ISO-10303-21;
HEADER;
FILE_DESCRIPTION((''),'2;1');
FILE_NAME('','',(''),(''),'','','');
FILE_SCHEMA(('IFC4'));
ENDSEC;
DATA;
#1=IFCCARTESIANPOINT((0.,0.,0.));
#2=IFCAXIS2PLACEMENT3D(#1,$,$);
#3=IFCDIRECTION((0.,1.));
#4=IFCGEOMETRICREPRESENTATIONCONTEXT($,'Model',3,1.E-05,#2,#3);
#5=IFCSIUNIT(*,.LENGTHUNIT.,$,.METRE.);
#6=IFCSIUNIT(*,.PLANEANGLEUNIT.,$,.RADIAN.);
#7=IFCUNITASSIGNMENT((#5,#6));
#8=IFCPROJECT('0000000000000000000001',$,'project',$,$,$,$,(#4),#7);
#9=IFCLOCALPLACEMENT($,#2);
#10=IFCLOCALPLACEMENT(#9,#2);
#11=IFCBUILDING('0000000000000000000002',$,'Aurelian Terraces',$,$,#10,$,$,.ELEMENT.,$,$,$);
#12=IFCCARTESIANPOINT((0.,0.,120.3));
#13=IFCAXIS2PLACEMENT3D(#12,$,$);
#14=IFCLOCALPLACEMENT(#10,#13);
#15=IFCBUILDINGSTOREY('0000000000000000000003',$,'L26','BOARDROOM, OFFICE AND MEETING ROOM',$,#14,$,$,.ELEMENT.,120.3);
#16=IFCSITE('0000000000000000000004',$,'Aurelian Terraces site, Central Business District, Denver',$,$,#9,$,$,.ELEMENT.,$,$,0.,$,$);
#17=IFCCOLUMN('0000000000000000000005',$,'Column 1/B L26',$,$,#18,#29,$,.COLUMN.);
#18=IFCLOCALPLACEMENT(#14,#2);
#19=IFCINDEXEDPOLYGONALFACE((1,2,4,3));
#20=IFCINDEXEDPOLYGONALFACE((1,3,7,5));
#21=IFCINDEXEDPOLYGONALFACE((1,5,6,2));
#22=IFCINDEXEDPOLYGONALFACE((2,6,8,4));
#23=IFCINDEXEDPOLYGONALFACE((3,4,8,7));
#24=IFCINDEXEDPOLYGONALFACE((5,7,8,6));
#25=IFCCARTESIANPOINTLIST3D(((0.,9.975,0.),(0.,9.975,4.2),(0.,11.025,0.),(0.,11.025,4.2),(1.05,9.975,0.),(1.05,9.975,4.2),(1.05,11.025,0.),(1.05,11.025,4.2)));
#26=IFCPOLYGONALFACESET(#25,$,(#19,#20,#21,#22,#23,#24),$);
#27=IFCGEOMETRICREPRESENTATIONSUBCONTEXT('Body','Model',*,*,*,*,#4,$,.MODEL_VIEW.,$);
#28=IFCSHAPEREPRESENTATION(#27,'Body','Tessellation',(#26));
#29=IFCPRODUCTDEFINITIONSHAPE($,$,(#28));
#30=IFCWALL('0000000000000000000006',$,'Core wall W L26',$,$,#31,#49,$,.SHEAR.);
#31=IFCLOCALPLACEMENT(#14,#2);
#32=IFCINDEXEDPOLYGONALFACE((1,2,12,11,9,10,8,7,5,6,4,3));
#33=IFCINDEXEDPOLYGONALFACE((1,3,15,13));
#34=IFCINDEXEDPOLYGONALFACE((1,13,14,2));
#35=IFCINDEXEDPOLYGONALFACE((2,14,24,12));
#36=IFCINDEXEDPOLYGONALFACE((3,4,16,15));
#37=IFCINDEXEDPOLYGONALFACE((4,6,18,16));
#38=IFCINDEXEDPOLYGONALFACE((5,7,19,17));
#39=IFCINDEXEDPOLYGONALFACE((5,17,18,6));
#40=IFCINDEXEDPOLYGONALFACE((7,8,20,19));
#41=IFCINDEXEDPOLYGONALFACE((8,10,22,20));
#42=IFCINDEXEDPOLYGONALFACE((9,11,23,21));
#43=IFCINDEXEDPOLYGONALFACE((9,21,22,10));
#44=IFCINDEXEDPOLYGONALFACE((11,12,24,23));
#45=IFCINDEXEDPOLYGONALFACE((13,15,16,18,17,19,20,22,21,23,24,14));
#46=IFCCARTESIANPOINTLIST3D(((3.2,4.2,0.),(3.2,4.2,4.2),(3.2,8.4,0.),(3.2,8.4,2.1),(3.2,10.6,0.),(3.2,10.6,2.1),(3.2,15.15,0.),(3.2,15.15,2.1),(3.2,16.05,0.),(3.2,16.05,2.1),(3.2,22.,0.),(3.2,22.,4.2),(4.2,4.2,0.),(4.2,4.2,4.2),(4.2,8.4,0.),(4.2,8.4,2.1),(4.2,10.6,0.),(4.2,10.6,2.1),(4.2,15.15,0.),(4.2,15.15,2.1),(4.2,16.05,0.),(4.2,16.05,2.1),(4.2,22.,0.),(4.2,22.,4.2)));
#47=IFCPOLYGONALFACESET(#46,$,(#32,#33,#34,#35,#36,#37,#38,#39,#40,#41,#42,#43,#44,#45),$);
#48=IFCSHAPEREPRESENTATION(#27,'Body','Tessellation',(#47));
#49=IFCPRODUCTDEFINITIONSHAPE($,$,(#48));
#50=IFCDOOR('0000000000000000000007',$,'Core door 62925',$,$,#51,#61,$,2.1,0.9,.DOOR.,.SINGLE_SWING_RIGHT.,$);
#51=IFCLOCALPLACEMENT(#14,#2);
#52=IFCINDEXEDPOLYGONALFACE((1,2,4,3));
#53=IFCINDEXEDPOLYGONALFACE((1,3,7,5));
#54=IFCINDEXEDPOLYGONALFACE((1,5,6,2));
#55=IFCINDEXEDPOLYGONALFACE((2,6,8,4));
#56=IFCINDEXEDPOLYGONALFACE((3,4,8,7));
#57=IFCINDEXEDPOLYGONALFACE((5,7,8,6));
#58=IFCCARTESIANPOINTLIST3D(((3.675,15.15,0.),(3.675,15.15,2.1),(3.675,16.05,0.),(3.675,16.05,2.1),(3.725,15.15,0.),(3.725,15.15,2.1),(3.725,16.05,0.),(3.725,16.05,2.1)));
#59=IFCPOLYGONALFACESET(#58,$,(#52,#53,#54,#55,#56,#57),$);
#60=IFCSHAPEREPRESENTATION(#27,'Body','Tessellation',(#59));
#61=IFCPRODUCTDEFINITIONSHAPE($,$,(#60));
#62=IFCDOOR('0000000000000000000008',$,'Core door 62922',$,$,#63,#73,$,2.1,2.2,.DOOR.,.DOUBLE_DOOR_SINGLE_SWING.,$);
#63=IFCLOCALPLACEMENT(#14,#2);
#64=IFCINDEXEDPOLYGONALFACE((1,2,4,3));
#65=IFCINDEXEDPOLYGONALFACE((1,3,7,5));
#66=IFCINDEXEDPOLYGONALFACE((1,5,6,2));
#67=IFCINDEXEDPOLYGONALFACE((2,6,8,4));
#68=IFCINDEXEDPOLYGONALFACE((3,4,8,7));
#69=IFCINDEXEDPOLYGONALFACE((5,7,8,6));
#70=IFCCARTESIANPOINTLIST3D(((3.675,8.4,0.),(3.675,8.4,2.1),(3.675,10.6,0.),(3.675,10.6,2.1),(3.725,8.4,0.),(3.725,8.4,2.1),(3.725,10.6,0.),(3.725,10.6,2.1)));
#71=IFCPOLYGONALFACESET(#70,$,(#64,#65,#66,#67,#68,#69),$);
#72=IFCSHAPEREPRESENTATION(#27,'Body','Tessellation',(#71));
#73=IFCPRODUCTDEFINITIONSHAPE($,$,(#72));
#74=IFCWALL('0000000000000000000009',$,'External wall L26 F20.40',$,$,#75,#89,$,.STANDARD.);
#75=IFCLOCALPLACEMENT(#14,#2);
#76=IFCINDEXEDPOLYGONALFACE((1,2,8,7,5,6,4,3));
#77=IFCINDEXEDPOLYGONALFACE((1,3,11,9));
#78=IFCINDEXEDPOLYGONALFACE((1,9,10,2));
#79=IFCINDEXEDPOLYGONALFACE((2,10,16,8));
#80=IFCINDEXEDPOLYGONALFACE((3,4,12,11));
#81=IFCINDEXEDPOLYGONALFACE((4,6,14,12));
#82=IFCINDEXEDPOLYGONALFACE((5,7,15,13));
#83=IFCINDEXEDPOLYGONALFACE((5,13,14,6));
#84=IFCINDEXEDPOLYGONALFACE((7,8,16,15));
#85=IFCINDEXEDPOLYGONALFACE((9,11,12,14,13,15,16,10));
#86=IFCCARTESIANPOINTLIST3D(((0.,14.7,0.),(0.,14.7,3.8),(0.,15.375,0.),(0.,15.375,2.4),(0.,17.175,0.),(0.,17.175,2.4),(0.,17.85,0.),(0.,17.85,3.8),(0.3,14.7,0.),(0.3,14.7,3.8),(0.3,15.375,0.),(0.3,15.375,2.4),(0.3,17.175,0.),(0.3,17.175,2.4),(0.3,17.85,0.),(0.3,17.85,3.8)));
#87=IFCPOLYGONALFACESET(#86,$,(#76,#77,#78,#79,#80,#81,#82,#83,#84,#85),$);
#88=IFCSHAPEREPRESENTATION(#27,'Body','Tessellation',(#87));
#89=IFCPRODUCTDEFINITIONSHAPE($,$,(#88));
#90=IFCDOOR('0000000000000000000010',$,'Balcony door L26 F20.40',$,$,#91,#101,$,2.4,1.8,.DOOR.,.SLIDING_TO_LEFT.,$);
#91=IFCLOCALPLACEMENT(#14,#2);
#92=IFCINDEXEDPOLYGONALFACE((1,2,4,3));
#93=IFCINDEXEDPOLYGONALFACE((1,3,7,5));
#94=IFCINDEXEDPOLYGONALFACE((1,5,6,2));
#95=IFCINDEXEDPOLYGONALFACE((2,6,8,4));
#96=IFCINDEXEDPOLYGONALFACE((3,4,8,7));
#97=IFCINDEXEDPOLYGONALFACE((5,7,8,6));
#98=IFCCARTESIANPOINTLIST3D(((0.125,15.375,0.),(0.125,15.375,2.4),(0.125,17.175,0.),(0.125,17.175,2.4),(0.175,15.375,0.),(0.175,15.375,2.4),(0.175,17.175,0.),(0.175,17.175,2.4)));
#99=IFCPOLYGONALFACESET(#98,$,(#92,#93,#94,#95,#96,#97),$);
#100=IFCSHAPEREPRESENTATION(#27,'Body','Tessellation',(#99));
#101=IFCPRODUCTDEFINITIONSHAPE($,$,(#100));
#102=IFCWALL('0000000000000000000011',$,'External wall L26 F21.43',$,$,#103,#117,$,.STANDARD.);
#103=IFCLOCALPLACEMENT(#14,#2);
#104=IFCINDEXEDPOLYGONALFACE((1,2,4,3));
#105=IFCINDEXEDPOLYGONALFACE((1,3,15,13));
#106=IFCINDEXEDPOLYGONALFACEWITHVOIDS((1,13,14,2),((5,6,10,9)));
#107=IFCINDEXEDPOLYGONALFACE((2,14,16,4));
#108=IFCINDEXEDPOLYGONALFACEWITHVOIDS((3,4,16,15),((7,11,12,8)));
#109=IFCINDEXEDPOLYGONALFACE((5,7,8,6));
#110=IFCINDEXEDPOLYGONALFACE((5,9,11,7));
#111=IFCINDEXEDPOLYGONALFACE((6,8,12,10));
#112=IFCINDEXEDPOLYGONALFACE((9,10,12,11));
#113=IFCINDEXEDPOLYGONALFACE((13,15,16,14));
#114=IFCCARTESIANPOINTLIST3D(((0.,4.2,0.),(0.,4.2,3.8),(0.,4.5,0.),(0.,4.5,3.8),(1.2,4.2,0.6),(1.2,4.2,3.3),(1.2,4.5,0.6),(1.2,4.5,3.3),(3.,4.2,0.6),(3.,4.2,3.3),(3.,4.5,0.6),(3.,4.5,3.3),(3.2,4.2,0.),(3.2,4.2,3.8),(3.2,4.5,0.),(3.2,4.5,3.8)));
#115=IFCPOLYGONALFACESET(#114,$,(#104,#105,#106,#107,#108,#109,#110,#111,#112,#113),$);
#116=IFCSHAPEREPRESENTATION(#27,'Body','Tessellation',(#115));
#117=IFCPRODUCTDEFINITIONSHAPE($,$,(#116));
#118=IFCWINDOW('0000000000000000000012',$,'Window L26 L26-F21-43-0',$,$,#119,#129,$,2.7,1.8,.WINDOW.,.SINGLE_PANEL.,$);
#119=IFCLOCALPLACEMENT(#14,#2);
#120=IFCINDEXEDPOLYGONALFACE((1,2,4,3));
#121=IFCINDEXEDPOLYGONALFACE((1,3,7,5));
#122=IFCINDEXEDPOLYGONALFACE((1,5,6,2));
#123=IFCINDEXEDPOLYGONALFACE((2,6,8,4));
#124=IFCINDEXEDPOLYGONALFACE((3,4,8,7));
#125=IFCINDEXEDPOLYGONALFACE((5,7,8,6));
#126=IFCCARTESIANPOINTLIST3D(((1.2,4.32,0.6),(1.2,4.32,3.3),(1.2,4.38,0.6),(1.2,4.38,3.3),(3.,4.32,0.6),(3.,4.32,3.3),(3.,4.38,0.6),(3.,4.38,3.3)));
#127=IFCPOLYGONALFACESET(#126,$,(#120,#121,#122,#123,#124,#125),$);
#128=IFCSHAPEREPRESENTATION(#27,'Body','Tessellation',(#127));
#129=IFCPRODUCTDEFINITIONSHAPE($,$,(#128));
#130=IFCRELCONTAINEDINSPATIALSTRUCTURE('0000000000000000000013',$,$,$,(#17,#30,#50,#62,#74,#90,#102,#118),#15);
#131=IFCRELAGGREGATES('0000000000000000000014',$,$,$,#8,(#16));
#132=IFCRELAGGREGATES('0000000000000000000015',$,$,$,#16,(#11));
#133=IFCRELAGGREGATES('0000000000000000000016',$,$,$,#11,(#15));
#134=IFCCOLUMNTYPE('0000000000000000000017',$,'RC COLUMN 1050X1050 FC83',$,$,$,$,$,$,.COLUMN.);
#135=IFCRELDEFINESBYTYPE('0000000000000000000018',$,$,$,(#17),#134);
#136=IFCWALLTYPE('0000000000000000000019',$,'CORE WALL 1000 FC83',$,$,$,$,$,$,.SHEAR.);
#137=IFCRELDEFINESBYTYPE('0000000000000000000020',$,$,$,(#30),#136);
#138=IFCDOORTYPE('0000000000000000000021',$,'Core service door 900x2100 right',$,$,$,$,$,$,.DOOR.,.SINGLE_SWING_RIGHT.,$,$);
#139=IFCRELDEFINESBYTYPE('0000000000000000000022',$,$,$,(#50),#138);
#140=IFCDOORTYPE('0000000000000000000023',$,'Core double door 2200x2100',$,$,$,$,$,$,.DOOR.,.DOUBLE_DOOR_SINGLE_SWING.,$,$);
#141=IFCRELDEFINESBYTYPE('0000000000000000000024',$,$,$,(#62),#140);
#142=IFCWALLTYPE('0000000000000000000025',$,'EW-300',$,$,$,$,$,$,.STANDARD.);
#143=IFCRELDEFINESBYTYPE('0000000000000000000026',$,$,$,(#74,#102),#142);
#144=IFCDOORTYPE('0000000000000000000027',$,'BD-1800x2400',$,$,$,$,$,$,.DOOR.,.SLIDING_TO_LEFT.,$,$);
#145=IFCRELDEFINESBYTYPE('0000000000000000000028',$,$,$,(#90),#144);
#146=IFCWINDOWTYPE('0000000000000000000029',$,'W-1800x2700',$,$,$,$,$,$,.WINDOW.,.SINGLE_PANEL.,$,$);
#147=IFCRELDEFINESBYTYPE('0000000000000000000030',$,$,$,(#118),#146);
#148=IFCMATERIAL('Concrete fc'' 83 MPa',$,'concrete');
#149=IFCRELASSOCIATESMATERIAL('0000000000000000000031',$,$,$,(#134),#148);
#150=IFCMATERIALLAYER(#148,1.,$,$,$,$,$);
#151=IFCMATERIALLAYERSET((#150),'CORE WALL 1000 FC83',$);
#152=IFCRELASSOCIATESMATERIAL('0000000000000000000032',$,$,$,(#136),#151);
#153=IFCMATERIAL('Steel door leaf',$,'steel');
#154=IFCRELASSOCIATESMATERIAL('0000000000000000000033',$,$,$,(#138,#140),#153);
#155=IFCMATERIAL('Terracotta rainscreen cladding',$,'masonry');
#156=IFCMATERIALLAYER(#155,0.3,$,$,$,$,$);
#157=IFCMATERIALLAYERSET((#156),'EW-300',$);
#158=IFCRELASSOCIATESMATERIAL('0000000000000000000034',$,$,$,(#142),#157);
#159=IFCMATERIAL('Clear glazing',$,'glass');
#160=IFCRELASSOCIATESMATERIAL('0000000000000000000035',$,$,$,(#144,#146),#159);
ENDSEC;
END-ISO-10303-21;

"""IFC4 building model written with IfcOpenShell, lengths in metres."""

from ifc_helpers import new_model, si_unit, direction, frame, frame_2d, origin, origin_2d, place, context, subcontext, project, spatial, rectangle, extrude, source, transform, mapped, material, layer, layer_set, material_profile, profile_set, type_object, element, fill, save


model = new_model("IFC4")

# Units and contexts
model_context = context("Model", 3, precision=1e-05, world=origin(), true_north=direction((0.0, 1.0)))
body_context = subcontext(model_context, "Body", "Model", "MODEL_VIEW")
ifc_project = project(units=[si_unit("LENGTHUNIT", "METRE"), si_unit("PLANEANGLEUNIT", "RADIAN")], contexts=[model_context])

# Site, building, storey
site_placement = place(None, origin())
site = spatial("IfcSite", under=ifc_project, at=site_placement, Name="Aurelian Terraces site, Central Business District, Denver", CompositionType="ELEMENT", RefElevation=0.0)
building_placement = place(site_placement, origin())
building = spatial("IfcBuilding", under=site, at=building_placement, Name="Aurelian Terraces", CompositionType="ELEMENT")
storey_placement = place(building_placement, frame((0.0, 0.0, 120.3)))
storey = spatial("IfcBuildingStorey", under=building, at=storey_placement, Name="L26", Description="BOARDROOM, OFFICE AND MEETING ROOM", CompositionType="ELEMENT", Elevation=120.3)

# Column
ifc_material_1 = material(Name="Concrete fc' 83 MPa", Category="concrete")
ifc_material_profile = material_profile(ifc_material_1, rectangle(XDim=1.05, YDim=1.05, at=origin_2d()))
ifc_profile_set = profile_set([ifc_material_profile], Name="Concrete fc' 83 MPa")
column_type = type_object("IfcColumnType", Name="RC COLUMN 1050X1050 FC83", PredefinedType="COLUMN", material=ifc_profile_set)
shared_shape_1 = source(origin(), body_context, "Body", "SweptSolid", [
    extrude(rectangle(XDim=1.05, YDim=1.05, at=origin_2d()), origin(), (0.0, 0.0, 1.0), 4.2),
])
column_placement = place(storey_placement, frame((0.525, 10.5, 0.0), z_axis=(0.0, 0.0, 1.0), x_axis=(1.0, 0.0, 0.0)))
element("IfcColumn", 1, at=column_placement, inside=storey, type_object=column_type, Name="Column 1/B L26", PredefinedType="COLUMN", context=body_context, shape_type="MappedRepresentation", body=[
    mapped(shared_shape_1, transform((0.0, 0.0, 0.0), scale=1.0)),
])

# Wall, openings, doors
ifc_layer_1 = layer(ifc_material_1, 1.0)
ifc_layer_set_1 = layer_set([ifc_layer_1], Name="CORE WALL 1000 FC83")
wall_type_1 = type_object("IfcWallType", Name="CORE WALL 1000 FC83", PredefinedType="SHEAR", material=ifc_layer_set_1)
shared_shape_2 = source(origin(), body_context, "Body", "SweptSolid", [
    extrude(rectangle(XDim=17.8, YDim=1.0, at=frame_2d((8.9, 0.0))), origin(), (0.0, 0.0, 1.0), 4.2),
])
wall_1_placement = place(storey_placement, frame((3.7, 4.2, 0.0), z_axis=(0.0, 0.0, 1.0), x_axis=(0.0, 1.0, 0.0)))
wall_1 = element("IfcWall", 2, at=wall_1_placement, inside=storey, type_object=wall_type_1, Name="Core wall W L26", PredefinedType="SHEAR", context=body_context, shape_type="MappedRepresentation", body=[
    mapped(shared_shape_2, transform((0.0, 0.0, 0.0), scale=1.0)),
])
shared_shape_3 = source(origin(), body_context, "Body", "SweptSolid", [
    extrude(rectangle(XDim=2.2, YDim=2.1, at=frame_2d((1.1, 1.05))), frame((0.0, 0.51, 0.0), z_axis=(0.0, -1.0, 0.0), x_axis=(1.0, 0.0, 0.0)), (0.0, 0.0, 1.0), 1.02),
])
opening_1_placement = place(wall_1_placement, frame((4.2, 0.0, 0.0)))
opening_1 = element("IfcOpeningElement", 3, at=opening_1_placement, cuts=wall_1, PredefinedType="OPENING", context=body_context, shape_type="MappedRepresentation", body=[
    mapped(shared_shape_3, transform((0.0, 0.0, 0.0), scale=1.0)),
])
shared_shape_4 = source(origin(), body_context, "Body", "SweptSolid", [
    extrude(rectangle(XDim=0.9, YDim=2.1, at=frame_2d((0.45, 1.05))), frame((0.0, 0.51, 0.0), z_axis=(0.0, -1.0, 0.0), x_axis=(1.0, 0.0, 0.0)), (0.0, 0.0, 1.0), 1.02),
])
opening_2_placement = place(wall_1_placement, frame((10.95, 0.0, 0.0)))
opening_2 = element("IfcOpeningElement", 4, at=opening_2_placement, cuts=wall_1, PredefinedType="OPENING", context=body_context, shape_type="MappedRepresentation", body=[
    mapped(shared_shape_4, transform((0.0, 0.0, 0.0), scale=1.0)),
])
ifc_material_2 = material(Name="Steel door leaf", Category="steel")
door_type_1 = type_object("IfcDoorType", Name="Core service door 900x2100 right", OperationType="SINGLE_SWING_RIGHT", PredefinedType="DOOR", material=ifc_material_2)
shared_shape_5 = source(origin(), body_context, "Body", "SweptSolid", [
    extrude(rectangle(XDim=0.9, YDim=2.1, at=frame_2d((0.45, 1.05))), frame((0.0, 0.025, 0.0), z_axis=(0.0, -1.0, 0.0), x_axis=(1.0, 0.0, 0.0)), (0.0, 0.0, 1.0), 0.05),
])
door_1_placement = place(opening_2_placement, origin())
door_1 = element("IfcDoor", 5, at=door_1_placement, inside=storey, type_object=door_type_1, Name="Core door 62925", OperationType="SINGLE_SWING_RIGHT", OverallHeight=2.1, OverallWidth=0.9, PredefinedType="DOOR", context=body_context, shape_type="MappedRepresentation", body=[
    mapped(shared_shape_5, transform((0.0, 0.0, 0.0), scale=1.0)),
])
fill(opening_2, door_1)
door_type_2 = type_object("IfcDoorType", Name="Core double door 2200x2100", OperationType="DOUBLE_DOOR_SINGLE_SWING", PredefinedType="DOOR", material=ifc_material_2)
shared_shape_6 = source(origin(), body_context, "Body", "SweptSolid", [
    extrude(rectangle(XDim=2.2, YDim=2.1, at=frame_2d((1.1, 1.05))), frame((0.0, 0.025, 0.0), z_axis=(0.0, -1.0, 0.0), x_axis=(1.0, 0.0, 0.0)), (0.0, 0.0, 1.0), 0.05),
])
door_2_placement = place(opening_1_placement, origin())
door_2 = element("IfcDoor", 6, at=door_2_placement, inside=storey, type_object=door_type_2, Name="Core door 62922", OperationType="DOUBLE_DOOR_SINGLE_SWING", OverallHeight=2.1, OverallWidth=2.2, PredefinedType="DOOR", context=body_context, shape_type="MappedRepresentation", body=[
    mapped(shared_shape_6, transform((0.0, 0.0, 0.0), scale=1.0)),
])
fill(opening_1, door_2)

# Wall, opening, door
ifc_material_3 = material(Name="Terracotta rainscreen cladding", Category="masonry")
ifc_layer_2 = layer(ifc_material_3, 0.3)
ifc_layer_set_2 = layer_set([ifc_layer_2], Name="EW-300")
wall_type_2 = type_object("IfcWallType", Name="EW-300", PredefinedType="STANDARD", material=ifc_layer_set_2)
shared_shape_7 = source(origin(), body_context, "Body", "SweptSolid", [
    extrude(rectangle(XDim=3.15, YDim=0.3, at=frame_2d((1.575, 0.0))), origin(), (0.0, 0.0, 1.0), 3.8),
])
wall_2_placement = place(storey_placement, frame((0.15, 17.85, 0.0), z_axis=(0.0, 0.0, 1.0), x_axis=(0.0, -1.0, 0.0)))
wall_2 = element("IfcWall", 7, at=wall_2_placement, inside=storey, type_object=wall_type_2, Name="External wall L26 F20.40", PredefinedType="STANDARD", context=body_context, shape_type="MappedRepresentation", body=[
    mapped(shared_shape_7, transform((0.0, 0.0, 0.0), scale=1.0)),
])
shared_shape_8 = source(origin(), body_context, "Body", "SweptSolid", [
    extrude(rectangle(XDim=1.8, YDim=2.4, at=frame_2d((0.9, 1.2))), frame((0.0, 0.16, 0.0), z_axis=(0.0, -1.0, 0.0), x_axis=(1.0, 0.0, 0.0)), (0.0, 0.0, 1.0), 0.32),
])
opening_3_placement = place(wall_2_placement, frame((0.675, 0.0, 0.0)))
opening_3 = element("IfcOpeningElement", 8, at=opening_3_placement, cuts=wall_2, PredefinedType="OPENING", context=body_context, shape_type="MappedRepresentation", body=[
    mapped(shared_shape_8, transform((0.0, 0.0, 0.0), scale=1.0)),
])
ifc_material_4 = material(Name="Clear glazing", Category="glass")
door_type_3 = type_object("IfcDoorType", Name="BD-1800x2400", OperationType="SLIDING_TO_LEFT", PredefinedType="DOOR", material=ifc_material_4)
shared_shape_9 = source(origin(), body_context, "Body", "SweptSolid", [
    extrude(rectangle(XDim=1.8, YDim=2.4, at=frame_2d((0.9, 1.2))), frame((0.0, 0.025, 0.0), z_axis=(0.0, -1.0, 0.0), x_axis=(1.0, 0.0, 0.0)), (0.0, 0.0, 1.0), 0.05),
])
door_3_placement = place(opening_3_placement, origin())
door_3 = element("IfcDoor", 9, at=door_3_placement, inside=storey, type_object=door_type_3, Name="Balcony door L26 F20.40", OperationType="SLIDING_TO_LEFT", OverallHeight=2.4, OverallWidth=1.8, PredefinedType="DOOR", context=body_context, shape_type="MappedRepresentation", body=[
    mapped(shared_shape_9, transform((0.0, 0.0, 0.0), scale=1.0)),
])
fill(opening_3, door_3)

# Wall, opening, window
shared_shape_10 = source(origin(), body_context, "Body", "SweptSolid", [
    extrude(rectangle(XDim=3.2, YDim=0.3, at=frame_2d((1.6, 0.0))), origin(), (0.0, 0.0, 1.0), 3.8),
])
wall_3_placement = place(storey_placement, frame((0.0, 4.35, 0.0), z_axis=(0.0, 0.0, 1.0), x_axis=(1.0, 0.0, 0.0)))
wall_3 = element("IfcWall", 10, at=wall_3_placement, inside=storey, type_object=wall_type_2, Name="External wall L26 F21.43", PredefinedType="STANDARD", context=body_context, shape_type="MappedRepresentation", body=[
    mapped(shared_shape_10, transform((0.0, 0.0, 0.0), scale=1.0)),
])
shared_shape_11 = source(origin(), body_context, "Body", "SweptSolid", [
    extrude(rectangle(XDim=1.8, YDim=2.7, at=frame_2d((0.9, 1.35))), frame((0.0, 0.16, 0.0), z_axis=(0.0, -1.0, 0.0), x_axis=(1.0, 0.0, 0.0)), (0.0, 0.0, 1.0), 0.32),
])
opening_4_placement = place(wall_3_placement, frame((1.2, 0.0, 0.6)))
opening_4 = element("IfcOpeningElement", 11, at=opening_4_placement, cuts=wall_3, PredefinedType="OPENING", context=body_context, shape_type="MappedRepresentation", body=[
    mapped(shared_shape_11, transform((0.0, 0.0, 0.0), scale=1.0)),
])
window_type = type_object("IfcWindowType", Name="W-1800x2700", PartitioningType="SINGLE_PANEL", PredefinedType="WINDOW", material=ifc_material_4)
shared_shape_12 = source(origin(), body_context, "Body", "SweptSolid", [
    extrude(rectangle(XDim=1.8, YDim=2.7, at=frame_2d((0.9, 1.35))), frame((0.0, 0.03, 0.0), z_axis=(0.0, -1.0, 0.0), x_axis=(1.0, 0.0, 0.0)), (0.0, 0.0, 1.0), 0.06),
])
window_1_placement = place(opening_4_placement, origin())
window_1 = element("IfcWindow", 12, at=window_1_placement, inside=storey, type_object=window_type, Name="Window L26 L26-F21-43-0", OverallHeight=2.7, OverallWidth=1.8, PartitioningType="SINGLE_PANEL", PredefinedType="WINDOW", context=body_context, shape_type="MappedRepresentation", body=[
    mapped(shared_shape_12, transform((0.0, 0.0, 0.0), scale=1.0)),
])
fill(opening_4, window_1)

save(model, "model.ifc")
